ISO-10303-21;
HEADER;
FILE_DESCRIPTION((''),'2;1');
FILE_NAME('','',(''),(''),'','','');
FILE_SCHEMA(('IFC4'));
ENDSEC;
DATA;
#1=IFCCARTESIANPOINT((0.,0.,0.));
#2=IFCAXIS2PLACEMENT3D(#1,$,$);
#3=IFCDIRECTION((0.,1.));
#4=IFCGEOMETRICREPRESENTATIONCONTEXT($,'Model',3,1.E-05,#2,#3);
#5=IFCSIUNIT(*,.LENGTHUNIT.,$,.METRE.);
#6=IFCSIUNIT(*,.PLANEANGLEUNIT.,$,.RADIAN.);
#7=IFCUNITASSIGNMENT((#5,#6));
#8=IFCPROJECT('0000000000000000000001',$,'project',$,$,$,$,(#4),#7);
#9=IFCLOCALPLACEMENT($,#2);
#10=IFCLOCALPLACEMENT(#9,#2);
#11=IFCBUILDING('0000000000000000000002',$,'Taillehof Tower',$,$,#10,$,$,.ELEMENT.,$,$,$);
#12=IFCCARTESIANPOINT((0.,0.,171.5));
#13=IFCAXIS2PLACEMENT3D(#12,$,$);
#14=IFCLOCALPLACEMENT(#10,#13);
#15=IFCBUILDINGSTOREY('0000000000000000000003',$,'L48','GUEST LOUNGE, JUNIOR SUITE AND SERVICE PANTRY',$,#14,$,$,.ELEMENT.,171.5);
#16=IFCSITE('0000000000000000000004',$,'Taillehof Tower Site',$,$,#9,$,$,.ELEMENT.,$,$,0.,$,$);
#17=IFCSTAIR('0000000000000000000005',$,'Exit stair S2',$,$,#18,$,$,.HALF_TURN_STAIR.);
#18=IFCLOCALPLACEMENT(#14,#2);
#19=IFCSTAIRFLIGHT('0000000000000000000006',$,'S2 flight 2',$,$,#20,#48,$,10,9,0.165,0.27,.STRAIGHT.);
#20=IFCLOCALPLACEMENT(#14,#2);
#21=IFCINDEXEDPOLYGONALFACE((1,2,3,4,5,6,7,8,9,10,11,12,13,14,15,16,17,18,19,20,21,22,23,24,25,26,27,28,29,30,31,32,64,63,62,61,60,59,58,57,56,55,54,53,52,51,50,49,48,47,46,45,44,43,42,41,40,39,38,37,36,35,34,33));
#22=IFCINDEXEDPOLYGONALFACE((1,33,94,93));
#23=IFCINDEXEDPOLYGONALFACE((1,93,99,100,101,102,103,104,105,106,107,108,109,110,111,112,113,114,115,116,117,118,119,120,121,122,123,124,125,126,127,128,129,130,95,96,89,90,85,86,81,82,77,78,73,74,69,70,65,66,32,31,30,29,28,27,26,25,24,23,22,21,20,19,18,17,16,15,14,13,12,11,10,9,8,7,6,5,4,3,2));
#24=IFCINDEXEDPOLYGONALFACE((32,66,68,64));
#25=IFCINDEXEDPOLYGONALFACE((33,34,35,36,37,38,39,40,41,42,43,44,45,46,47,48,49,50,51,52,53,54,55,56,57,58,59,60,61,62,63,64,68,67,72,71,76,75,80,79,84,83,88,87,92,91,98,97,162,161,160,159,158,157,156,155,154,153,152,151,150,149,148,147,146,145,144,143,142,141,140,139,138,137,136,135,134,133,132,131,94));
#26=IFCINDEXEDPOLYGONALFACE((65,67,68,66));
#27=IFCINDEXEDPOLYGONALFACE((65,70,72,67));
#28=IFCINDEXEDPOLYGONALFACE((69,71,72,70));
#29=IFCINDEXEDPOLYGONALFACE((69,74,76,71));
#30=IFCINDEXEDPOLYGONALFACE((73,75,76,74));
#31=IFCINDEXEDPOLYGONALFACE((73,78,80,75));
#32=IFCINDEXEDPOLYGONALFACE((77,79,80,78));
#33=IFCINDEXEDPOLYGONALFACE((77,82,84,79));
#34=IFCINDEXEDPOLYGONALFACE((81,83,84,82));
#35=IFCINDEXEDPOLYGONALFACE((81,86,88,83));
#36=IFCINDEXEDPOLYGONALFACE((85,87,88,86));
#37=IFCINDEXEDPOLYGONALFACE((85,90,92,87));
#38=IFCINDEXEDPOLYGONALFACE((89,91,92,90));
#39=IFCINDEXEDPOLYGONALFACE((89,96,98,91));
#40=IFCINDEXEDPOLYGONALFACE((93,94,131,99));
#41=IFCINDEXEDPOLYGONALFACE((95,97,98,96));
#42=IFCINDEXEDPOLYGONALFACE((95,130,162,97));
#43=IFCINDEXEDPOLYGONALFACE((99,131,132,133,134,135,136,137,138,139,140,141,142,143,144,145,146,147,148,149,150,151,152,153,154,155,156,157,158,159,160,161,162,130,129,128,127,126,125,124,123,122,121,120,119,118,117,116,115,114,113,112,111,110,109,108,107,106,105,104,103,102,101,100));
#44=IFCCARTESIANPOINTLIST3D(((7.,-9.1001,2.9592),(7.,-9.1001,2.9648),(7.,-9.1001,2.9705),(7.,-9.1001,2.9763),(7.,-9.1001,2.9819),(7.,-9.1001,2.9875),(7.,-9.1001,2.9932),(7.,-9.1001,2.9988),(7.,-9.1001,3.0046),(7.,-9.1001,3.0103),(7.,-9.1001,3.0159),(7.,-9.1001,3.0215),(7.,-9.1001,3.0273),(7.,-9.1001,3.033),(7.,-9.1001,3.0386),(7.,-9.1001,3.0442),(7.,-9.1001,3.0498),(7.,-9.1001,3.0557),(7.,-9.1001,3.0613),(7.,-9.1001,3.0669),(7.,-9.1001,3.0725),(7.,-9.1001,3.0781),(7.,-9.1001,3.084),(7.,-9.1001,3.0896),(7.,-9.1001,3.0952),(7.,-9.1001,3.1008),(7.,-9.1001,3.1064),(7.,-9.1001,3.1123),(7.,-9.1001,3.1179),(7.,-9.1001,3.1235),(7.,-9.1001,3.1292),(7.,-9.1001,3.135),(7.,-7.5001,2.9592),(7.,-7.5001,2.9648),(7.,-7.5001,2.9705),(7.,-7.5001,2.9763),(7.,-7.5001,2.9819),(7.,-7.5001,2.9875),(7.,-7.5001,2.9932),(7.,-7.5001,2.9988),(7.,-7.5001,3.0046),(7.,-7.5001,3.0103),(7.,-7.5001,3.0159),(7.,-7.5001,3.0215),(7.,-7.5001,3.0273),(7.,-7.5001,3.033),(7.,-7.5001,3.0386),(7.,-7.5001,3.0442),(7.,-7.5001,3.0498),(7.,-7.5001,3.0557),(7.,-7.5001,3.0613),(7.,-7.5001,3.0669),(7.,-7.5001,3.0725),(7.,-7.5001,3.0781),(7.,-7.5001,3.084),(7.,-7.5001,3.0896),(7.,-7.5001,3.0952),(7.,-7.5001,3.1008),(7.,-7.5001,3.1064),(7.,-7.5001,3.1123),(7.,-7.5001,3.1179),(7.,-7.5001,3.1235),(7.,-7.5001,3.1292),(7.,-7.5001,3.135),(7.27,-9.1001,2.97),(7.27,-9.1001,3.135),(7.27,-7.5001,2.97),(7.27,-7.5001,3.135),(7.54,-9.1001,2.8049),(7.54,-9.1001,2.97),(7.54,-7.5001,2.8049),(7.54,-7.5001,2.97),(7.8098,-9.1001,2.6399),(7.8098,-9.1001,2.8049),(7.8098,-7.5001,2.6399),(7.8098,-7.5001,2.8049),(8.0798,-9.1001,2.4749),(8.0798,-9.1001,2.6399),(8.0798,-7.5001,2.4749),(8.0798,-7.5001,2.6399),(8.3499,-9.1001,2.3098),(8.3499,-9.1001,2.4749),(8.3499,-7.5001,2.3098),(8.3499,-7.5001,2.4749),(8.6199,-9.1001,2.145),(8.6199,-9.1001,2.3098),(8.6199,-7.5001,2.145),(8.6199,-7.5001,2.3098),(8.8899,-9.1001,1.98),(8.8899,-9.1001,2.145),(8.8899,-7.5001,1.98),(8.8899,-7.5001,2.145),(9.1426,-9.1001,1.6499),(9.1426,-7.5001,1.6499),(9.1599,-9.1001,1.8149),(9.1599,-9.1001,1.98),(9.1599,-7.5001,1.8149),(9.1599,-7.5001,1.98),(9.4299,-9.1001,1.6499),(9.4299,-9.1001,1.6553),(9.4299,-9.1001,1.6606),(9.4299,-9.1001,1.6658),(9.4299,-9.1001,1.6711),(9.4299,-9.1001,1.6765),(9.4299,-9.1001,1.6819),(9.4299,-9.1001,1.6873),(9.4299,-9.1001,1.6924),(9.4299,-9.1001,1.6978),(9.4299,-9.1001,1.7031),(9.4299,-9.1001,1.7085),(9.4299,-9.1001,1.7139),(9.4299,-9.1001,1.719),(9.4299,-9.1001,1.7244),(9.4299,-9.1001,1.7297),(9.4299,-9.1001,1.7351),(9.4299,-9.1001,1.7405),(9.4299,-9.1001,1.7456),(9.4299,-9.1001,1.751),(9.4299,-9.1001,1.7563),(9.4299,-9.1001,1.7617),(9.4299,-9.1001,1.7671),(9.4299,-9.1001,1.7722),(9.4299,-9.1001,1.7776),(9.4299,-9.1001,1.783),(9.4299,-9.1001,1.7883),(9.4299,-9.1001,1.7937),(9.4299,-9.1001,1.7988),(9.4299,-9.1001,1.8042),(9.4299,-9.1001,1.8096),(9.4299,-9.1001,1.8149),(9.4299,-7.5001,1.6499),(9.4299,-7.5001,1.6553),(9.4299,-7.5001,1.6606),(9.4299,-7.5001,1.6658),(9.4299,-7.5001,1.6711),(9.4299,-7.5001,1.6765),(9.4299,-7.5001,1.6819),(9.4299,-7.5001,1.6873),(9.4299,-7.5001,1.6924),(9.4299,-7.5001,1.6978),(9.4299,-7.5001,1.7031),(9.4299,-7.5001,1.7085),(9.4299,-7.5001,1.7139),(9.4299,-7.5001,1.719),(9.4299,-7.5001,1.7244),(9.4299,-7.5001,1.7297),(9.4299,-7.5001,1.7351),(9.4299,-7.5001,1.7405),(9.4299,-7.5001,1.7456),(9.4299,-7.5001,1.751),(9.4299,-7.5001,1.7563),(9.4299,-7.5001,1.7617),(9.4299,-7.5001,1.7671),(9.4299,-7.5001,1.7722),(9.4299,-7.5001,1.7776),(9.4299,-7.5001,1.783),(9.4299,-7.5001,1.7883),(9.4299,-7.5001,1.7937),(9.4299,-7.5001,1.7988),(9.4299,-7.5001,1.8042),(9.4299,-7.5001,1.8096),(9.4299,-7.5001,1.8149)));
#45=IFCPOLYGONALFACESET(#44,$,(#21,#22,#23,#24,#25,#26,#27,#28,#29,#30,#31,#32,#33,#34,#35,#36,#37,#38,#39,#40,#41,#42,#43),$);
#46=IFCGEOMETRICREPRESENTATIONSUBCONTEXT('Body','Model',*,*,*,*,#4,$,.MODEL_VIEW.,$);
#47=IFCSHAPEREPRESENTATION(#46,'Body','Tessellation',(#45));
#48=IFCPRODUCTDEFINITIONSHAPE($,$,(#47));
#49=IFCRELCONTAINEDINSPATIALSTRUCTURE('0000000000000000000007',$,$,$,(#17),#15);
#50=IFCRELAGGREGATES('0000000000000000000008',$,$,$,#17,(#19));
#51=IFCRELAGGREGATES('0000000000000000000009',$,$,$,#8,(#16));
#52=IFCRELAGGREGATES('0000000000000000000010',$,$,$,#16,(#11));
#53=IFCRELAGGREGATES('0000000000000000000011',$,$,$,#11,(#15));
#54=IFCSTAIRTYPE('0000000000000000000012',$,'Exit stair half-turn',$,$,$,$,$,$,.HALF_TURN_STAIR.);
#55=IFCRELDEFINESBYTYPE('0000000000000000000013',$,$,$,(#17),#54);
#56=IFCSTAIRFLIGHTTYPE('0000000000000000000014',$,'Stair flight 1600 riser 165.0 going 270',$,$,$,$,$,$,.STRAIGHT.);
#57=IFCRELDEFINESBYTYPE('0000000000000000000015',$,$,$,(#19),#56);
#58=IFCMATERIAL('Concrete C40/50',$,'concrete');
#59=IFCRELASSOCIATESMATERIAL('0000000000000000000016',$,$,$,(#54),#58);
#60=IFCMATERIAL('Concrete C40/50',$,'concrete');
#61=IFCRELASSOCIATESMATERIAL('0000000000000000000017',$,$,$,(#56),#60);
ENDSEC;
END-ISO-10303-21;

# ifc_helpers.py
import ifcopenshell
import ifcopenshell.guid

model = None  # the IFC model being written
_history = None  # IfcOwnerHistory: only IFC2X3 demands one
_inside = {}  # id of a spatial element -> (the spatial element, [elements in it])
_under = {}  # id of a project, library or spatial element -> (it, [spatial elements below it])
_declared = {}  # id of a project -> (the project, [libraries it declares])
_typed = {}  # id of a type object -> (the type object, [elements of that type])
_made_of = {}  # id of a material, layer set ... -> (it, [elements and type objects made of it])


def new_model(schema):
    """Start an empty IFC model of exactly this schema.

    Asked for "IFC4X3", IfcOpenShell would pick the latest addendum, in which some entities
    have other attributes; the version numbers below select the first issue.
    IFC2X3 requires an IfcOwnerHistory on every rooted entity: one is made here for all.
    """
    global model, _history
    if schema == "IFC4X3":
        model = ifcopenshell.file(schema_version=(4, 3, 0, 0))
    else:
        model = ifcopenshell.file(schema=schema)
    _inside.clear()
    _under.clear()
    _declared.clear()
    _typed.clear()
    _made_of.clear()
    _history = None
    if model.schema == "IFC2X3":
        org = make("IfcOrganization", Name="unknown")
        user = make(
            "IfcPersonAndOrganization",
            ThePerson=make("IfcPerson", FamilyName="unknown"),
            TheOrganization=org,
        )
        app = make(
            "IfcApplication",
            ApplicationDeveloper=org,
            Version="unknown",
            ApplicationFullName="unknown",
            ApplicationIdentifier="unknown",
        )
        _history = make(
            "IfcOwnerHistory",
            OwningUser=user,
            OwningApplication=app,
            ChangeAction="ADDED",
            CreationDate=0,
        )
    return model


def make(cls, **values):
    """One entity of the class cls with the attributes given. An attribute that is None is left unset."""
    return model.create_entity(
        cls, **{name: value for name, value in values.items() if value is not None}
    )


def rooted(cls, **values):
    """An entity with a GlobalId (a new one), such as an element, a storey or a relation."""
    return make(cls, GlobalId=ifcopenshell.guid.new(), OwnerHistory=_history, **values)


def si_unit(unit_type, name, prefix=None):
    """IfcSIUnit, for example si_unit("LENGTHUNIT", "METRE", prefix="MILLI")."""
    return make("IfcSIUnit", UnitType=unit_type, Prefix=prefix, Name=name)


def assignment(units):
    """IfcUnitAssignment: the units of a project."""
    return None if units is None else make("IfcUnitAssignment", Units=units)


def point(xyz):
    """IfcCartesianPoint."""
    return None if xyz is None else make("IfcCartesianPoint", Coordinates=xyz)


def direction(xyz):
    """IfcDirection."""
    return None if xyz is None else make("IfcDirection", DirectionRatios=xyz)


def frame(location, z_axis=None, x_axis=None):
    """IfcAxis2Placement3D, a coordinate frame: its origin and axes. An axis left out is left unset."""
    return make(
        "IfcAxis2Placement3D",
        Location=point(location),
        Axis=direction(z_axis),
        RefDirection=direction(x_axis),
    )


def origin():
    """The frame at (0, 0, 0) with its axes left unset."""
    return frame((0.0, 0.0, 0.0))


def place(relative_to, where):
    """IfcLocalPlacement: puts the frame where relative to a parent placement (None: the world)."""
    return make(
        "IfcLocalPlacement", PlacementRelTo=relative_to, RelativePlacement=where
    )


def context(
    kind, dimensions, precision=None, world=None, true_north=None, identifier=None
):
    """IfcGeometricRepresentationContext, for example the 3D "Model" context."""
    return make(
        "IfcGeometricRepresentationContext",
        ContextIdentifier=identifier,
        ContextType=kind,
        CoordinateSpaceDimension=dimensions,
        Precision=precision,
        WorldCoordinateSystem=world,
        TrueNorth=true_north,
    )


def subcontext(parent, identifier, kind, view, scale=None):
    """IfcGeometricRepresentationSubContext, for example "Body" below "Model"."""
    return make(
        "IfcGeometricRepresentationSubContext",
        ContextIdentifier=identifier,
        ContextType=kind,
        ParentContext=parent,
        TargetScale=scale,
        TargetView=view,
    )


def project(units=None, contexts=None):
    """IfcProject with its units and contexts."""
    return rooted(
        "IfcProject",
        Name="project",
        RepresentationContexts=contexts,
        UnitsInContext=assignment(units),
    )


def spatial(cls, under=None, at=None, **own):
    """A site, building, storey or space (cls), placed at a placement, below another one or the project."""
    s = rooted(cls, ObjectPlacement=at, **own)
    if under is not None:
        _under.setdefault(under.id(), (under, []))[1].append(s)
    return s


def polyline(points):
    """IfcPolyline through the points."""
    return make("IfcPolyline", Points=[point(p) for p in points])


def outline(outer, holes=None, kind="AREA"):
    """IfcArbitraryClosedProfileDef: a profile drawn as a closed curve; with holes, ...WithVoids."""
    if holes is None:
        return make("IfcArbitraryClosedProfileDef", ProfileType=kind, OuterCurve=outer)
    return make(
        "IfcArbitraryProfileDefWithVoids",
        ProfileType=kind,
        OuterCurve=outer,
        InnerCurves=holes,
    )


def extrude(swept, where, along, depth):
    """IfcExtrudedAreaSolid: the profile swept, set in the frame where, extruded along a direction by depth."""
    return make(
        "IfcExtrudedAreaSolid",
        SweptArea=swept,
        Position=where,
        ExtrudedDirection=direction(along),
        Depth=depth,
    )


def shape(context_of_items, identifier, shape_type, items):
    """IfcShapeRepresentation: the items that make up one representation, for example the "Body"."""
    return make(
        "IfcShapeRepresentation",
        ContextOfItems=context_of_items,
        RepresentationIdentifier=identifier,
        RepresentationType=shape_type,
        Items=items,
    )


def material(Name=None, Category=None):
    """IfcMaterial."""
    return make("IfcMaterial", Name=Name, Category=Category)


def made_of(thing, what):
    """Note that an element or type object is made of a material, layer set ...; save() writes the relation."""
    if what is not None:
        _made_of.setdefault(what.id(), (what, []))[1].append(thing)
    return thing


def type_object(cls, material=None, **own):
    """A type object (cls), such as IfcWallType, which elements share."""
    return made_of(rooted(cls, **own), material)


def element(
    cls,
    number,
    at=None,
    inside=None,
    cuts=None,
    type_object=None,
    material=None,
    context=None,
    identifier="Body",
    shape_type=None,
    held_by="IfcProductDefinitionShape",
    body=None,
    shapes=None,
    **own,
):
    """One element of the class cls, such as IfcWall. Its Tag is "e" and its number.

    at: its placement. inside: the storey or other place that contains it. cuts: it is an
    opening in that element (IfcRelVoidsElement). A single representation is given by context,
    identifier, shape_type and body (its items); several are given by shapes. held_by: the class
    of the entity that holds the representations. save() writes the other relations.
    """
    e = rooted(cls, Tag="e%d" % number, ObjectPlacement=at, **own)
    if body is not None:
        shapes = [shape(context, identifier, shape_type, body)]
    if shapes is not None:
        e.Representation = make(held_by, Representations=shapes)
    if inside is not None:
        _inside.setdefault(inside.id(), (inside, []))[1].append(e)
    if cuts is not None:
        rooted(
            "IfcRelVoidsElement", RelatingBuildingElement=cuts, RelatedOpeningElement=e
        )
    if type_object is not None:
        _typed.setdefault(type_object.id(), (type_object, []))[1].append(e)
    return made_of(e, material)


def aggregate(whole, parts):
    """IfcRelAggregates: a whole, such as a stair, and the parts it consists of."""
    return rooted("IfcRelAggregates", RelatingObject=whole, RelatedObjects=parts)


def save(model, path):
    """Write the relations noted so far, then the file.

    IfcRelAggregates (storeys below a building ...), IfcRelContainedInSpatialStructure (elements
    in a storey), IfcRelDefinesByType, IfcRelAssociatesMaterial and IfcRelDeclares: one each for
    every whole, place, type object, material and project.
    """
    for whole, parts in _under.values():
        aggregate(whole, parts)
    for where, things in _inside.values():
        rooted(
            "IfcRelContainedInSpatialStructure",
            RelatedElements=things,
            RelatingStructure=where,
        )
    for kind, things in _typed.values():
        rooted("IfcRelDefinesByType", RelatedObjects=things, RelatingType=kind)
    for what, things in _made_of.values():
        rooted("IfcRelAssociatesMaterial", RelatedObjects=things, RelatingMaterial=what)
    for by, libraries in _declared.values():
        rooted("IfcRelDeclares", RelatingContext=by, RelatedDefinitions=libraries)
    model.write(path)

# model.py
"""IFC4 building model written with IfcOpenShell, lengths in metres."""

from ifc_helpers import new_model, si_unit, direction, frame, origin, place, context, subcontext, project, spatial, polyline, outline, extrude, material, type_object, element, aggregate, save


model = new_model("IFC4")

# Units and contexts
model_context = context("Model", 3, precision=1e-05, world=origin(), true_north=direction((0.0, 1.0)))
body_context = subcontext(model_context, "Body", "Model", "MODEL_VIEW")
ifc_project = project(units=[si_unit("LENGTHUNIT", "METRE"), si_unit("PLANEANGLEUNIT", "RADIAN")], contexts=[model_context])

# Site, building, storey
site_placement = place(None, origin())
site = spatial("IfcSite", under=ifc_project, at=site_placement, Name="Taillehof Tower Site", CompositionType="ELEMENT", RefElevation=0.0)
building_placement = place(site_placement, origin())
building = spatial("IfcBuilding", under=site, at=building_placement, Name="Taillehof Tower", CompositionType="ELEMENT")
storey_placement = place(building_placement, frame((0.0, 0.0, 171.5)))
storey = spatial("IfcBuildingStorey", under=building, at=storey_placement, Name="L48", Description="GUEST LOUNGE, JUNIOR SUITE AND SERVICE PANTRY", CompositionType="ELEMENT", Elevation=171.5)

# Stair, stair flight
ifc_material_1 = material(Name="Concrete C40/50", Category="concrete")
stair_type = type_object("IfcStairType", Name="Exit stair half-turn", PredefinedType="HALF_TURN_STAIR", material=ifc_material_1)
stair_placement = place(storey_placement, origin())
stair = element("IfcStair", 1, at=stair_placement, inside=storey, type_object=stair_type, Name="Exit stair S2", PredefinedType="HALF_TURN_STAIR")
ifc_material_2 = material(Name="Concrete C40/50", Category="concrete")
stair_flight_type = type_object("IfcStairFlightType", Name="Stair flight 1600 riser 165.0 going 270", PredefinedType="STRAIGHT", material=ifc_material_2)
stair_flight_placement = place(storey_placement, frame((9.4299, -8.3, 1.6499), z_axis=(0.0, 0.0, 1.0), x_axis=(-1.0, 0.0, 0.0)))
stair_flight = element("IfcStairFlight", 2, at=stair_flight_placement, type_object=stair_flight_type, Name="S2 flight 2", NumberOfRisers=10, NumberOfTreads=9, PredefinedType="STRAIGHT", RiserHeight=0.165, TreadLength=0.27, context=body_context, shape_type="SweptSolid", body=[
    extrude(outline(polyline([(0.0, 0.0), (0.0, 0.0054), (0.0, 0.0107), (0.0, 0.0159), (0.0, 0.0212), (0.0, 0.0266), (0.0, 0.032), (0.0, 0.0374), (0.0, 0.0425), (0.0, 0.0479), (0.0, 0.0532), (0.0, 0.0586), (0.0, 0.064), (0.0, 0.0691), (0.0, 0.0745), (0.0, 0.0798), (0.0, 0.0852), (0.0, 0.0906), (0.0, 0.0957), (0.0, 0.1011), (0.0, 0.1064), (0.0, 0.1118), (0.0, 0.1172), (0.0, 0.1223), (0.0, 0.1277), (0.0, 0.1331), (0.0, 0.1384), (0.0, 0.1438), (0.0, 0.1489), (0.0, 0.1543), (0.0, 0.1597), (0.0, 0.165), (0.27, 0.165), (0.27, 0.3301), (0.54, 0.3301), (0.54, 0.4951), (0.8101, 0.4951), (0.8101, 0.6599), (1.0801, 0.6599), (1.0801, 0.825), (1.3501, 0.825), (1.3501, 0.99), (1.6201, 0.99), (1.6201, 1.155), (1.8899, 1.155), (1.8899, 1.3201), (2.1599, 1.3201), (2.1599, 1.4851), (2.4299, 1.4851), (2.4299, 1.4792), (2.4299, 1.4736), (2.4299, 1.468), (2.4299, 1.4624), (2.4299, 1.4565), (2.4299, 1.4509), (2.4299, 1.4453), (2.4299, 1.4397), (2.4299, 1.4341), (2.4299, 1.4282), (2.4299, 1.4226), (2.4299, 1.417), (2.4299, 1.4114), (2.4299, 1.4058), (2.4299, 1.3999), (2.4299, 1.3943), (2.4299, 1.3887), (2.4299, 1.3831), (2.4299, 1.3774), (2.4299, 1.3716), (2.4299, 1.366), (2.4299, 1.3604), (2.4299, 1.3547), (2.4299, 1.3489), (2.4299, 1.3433), (2.4299, 1.3376), (2.4299, 1.332), (2.4299, 1.3264), (2.4299, 1.3206), (2.4299, 1.3149), (2.4299, 1.3093), (0.2874, 0.0), (0.0, 0.0)])), frame((0.0, 0.8, 0.0), z_axis=(0.0, -1.0, 0.0), x_axis=(1.0, 0.0, 0.0)), (0.0, 0.0, 1.0), 1.6),
])
aggregate(stair, [stair_flight])

save(model, "model.ifc")
